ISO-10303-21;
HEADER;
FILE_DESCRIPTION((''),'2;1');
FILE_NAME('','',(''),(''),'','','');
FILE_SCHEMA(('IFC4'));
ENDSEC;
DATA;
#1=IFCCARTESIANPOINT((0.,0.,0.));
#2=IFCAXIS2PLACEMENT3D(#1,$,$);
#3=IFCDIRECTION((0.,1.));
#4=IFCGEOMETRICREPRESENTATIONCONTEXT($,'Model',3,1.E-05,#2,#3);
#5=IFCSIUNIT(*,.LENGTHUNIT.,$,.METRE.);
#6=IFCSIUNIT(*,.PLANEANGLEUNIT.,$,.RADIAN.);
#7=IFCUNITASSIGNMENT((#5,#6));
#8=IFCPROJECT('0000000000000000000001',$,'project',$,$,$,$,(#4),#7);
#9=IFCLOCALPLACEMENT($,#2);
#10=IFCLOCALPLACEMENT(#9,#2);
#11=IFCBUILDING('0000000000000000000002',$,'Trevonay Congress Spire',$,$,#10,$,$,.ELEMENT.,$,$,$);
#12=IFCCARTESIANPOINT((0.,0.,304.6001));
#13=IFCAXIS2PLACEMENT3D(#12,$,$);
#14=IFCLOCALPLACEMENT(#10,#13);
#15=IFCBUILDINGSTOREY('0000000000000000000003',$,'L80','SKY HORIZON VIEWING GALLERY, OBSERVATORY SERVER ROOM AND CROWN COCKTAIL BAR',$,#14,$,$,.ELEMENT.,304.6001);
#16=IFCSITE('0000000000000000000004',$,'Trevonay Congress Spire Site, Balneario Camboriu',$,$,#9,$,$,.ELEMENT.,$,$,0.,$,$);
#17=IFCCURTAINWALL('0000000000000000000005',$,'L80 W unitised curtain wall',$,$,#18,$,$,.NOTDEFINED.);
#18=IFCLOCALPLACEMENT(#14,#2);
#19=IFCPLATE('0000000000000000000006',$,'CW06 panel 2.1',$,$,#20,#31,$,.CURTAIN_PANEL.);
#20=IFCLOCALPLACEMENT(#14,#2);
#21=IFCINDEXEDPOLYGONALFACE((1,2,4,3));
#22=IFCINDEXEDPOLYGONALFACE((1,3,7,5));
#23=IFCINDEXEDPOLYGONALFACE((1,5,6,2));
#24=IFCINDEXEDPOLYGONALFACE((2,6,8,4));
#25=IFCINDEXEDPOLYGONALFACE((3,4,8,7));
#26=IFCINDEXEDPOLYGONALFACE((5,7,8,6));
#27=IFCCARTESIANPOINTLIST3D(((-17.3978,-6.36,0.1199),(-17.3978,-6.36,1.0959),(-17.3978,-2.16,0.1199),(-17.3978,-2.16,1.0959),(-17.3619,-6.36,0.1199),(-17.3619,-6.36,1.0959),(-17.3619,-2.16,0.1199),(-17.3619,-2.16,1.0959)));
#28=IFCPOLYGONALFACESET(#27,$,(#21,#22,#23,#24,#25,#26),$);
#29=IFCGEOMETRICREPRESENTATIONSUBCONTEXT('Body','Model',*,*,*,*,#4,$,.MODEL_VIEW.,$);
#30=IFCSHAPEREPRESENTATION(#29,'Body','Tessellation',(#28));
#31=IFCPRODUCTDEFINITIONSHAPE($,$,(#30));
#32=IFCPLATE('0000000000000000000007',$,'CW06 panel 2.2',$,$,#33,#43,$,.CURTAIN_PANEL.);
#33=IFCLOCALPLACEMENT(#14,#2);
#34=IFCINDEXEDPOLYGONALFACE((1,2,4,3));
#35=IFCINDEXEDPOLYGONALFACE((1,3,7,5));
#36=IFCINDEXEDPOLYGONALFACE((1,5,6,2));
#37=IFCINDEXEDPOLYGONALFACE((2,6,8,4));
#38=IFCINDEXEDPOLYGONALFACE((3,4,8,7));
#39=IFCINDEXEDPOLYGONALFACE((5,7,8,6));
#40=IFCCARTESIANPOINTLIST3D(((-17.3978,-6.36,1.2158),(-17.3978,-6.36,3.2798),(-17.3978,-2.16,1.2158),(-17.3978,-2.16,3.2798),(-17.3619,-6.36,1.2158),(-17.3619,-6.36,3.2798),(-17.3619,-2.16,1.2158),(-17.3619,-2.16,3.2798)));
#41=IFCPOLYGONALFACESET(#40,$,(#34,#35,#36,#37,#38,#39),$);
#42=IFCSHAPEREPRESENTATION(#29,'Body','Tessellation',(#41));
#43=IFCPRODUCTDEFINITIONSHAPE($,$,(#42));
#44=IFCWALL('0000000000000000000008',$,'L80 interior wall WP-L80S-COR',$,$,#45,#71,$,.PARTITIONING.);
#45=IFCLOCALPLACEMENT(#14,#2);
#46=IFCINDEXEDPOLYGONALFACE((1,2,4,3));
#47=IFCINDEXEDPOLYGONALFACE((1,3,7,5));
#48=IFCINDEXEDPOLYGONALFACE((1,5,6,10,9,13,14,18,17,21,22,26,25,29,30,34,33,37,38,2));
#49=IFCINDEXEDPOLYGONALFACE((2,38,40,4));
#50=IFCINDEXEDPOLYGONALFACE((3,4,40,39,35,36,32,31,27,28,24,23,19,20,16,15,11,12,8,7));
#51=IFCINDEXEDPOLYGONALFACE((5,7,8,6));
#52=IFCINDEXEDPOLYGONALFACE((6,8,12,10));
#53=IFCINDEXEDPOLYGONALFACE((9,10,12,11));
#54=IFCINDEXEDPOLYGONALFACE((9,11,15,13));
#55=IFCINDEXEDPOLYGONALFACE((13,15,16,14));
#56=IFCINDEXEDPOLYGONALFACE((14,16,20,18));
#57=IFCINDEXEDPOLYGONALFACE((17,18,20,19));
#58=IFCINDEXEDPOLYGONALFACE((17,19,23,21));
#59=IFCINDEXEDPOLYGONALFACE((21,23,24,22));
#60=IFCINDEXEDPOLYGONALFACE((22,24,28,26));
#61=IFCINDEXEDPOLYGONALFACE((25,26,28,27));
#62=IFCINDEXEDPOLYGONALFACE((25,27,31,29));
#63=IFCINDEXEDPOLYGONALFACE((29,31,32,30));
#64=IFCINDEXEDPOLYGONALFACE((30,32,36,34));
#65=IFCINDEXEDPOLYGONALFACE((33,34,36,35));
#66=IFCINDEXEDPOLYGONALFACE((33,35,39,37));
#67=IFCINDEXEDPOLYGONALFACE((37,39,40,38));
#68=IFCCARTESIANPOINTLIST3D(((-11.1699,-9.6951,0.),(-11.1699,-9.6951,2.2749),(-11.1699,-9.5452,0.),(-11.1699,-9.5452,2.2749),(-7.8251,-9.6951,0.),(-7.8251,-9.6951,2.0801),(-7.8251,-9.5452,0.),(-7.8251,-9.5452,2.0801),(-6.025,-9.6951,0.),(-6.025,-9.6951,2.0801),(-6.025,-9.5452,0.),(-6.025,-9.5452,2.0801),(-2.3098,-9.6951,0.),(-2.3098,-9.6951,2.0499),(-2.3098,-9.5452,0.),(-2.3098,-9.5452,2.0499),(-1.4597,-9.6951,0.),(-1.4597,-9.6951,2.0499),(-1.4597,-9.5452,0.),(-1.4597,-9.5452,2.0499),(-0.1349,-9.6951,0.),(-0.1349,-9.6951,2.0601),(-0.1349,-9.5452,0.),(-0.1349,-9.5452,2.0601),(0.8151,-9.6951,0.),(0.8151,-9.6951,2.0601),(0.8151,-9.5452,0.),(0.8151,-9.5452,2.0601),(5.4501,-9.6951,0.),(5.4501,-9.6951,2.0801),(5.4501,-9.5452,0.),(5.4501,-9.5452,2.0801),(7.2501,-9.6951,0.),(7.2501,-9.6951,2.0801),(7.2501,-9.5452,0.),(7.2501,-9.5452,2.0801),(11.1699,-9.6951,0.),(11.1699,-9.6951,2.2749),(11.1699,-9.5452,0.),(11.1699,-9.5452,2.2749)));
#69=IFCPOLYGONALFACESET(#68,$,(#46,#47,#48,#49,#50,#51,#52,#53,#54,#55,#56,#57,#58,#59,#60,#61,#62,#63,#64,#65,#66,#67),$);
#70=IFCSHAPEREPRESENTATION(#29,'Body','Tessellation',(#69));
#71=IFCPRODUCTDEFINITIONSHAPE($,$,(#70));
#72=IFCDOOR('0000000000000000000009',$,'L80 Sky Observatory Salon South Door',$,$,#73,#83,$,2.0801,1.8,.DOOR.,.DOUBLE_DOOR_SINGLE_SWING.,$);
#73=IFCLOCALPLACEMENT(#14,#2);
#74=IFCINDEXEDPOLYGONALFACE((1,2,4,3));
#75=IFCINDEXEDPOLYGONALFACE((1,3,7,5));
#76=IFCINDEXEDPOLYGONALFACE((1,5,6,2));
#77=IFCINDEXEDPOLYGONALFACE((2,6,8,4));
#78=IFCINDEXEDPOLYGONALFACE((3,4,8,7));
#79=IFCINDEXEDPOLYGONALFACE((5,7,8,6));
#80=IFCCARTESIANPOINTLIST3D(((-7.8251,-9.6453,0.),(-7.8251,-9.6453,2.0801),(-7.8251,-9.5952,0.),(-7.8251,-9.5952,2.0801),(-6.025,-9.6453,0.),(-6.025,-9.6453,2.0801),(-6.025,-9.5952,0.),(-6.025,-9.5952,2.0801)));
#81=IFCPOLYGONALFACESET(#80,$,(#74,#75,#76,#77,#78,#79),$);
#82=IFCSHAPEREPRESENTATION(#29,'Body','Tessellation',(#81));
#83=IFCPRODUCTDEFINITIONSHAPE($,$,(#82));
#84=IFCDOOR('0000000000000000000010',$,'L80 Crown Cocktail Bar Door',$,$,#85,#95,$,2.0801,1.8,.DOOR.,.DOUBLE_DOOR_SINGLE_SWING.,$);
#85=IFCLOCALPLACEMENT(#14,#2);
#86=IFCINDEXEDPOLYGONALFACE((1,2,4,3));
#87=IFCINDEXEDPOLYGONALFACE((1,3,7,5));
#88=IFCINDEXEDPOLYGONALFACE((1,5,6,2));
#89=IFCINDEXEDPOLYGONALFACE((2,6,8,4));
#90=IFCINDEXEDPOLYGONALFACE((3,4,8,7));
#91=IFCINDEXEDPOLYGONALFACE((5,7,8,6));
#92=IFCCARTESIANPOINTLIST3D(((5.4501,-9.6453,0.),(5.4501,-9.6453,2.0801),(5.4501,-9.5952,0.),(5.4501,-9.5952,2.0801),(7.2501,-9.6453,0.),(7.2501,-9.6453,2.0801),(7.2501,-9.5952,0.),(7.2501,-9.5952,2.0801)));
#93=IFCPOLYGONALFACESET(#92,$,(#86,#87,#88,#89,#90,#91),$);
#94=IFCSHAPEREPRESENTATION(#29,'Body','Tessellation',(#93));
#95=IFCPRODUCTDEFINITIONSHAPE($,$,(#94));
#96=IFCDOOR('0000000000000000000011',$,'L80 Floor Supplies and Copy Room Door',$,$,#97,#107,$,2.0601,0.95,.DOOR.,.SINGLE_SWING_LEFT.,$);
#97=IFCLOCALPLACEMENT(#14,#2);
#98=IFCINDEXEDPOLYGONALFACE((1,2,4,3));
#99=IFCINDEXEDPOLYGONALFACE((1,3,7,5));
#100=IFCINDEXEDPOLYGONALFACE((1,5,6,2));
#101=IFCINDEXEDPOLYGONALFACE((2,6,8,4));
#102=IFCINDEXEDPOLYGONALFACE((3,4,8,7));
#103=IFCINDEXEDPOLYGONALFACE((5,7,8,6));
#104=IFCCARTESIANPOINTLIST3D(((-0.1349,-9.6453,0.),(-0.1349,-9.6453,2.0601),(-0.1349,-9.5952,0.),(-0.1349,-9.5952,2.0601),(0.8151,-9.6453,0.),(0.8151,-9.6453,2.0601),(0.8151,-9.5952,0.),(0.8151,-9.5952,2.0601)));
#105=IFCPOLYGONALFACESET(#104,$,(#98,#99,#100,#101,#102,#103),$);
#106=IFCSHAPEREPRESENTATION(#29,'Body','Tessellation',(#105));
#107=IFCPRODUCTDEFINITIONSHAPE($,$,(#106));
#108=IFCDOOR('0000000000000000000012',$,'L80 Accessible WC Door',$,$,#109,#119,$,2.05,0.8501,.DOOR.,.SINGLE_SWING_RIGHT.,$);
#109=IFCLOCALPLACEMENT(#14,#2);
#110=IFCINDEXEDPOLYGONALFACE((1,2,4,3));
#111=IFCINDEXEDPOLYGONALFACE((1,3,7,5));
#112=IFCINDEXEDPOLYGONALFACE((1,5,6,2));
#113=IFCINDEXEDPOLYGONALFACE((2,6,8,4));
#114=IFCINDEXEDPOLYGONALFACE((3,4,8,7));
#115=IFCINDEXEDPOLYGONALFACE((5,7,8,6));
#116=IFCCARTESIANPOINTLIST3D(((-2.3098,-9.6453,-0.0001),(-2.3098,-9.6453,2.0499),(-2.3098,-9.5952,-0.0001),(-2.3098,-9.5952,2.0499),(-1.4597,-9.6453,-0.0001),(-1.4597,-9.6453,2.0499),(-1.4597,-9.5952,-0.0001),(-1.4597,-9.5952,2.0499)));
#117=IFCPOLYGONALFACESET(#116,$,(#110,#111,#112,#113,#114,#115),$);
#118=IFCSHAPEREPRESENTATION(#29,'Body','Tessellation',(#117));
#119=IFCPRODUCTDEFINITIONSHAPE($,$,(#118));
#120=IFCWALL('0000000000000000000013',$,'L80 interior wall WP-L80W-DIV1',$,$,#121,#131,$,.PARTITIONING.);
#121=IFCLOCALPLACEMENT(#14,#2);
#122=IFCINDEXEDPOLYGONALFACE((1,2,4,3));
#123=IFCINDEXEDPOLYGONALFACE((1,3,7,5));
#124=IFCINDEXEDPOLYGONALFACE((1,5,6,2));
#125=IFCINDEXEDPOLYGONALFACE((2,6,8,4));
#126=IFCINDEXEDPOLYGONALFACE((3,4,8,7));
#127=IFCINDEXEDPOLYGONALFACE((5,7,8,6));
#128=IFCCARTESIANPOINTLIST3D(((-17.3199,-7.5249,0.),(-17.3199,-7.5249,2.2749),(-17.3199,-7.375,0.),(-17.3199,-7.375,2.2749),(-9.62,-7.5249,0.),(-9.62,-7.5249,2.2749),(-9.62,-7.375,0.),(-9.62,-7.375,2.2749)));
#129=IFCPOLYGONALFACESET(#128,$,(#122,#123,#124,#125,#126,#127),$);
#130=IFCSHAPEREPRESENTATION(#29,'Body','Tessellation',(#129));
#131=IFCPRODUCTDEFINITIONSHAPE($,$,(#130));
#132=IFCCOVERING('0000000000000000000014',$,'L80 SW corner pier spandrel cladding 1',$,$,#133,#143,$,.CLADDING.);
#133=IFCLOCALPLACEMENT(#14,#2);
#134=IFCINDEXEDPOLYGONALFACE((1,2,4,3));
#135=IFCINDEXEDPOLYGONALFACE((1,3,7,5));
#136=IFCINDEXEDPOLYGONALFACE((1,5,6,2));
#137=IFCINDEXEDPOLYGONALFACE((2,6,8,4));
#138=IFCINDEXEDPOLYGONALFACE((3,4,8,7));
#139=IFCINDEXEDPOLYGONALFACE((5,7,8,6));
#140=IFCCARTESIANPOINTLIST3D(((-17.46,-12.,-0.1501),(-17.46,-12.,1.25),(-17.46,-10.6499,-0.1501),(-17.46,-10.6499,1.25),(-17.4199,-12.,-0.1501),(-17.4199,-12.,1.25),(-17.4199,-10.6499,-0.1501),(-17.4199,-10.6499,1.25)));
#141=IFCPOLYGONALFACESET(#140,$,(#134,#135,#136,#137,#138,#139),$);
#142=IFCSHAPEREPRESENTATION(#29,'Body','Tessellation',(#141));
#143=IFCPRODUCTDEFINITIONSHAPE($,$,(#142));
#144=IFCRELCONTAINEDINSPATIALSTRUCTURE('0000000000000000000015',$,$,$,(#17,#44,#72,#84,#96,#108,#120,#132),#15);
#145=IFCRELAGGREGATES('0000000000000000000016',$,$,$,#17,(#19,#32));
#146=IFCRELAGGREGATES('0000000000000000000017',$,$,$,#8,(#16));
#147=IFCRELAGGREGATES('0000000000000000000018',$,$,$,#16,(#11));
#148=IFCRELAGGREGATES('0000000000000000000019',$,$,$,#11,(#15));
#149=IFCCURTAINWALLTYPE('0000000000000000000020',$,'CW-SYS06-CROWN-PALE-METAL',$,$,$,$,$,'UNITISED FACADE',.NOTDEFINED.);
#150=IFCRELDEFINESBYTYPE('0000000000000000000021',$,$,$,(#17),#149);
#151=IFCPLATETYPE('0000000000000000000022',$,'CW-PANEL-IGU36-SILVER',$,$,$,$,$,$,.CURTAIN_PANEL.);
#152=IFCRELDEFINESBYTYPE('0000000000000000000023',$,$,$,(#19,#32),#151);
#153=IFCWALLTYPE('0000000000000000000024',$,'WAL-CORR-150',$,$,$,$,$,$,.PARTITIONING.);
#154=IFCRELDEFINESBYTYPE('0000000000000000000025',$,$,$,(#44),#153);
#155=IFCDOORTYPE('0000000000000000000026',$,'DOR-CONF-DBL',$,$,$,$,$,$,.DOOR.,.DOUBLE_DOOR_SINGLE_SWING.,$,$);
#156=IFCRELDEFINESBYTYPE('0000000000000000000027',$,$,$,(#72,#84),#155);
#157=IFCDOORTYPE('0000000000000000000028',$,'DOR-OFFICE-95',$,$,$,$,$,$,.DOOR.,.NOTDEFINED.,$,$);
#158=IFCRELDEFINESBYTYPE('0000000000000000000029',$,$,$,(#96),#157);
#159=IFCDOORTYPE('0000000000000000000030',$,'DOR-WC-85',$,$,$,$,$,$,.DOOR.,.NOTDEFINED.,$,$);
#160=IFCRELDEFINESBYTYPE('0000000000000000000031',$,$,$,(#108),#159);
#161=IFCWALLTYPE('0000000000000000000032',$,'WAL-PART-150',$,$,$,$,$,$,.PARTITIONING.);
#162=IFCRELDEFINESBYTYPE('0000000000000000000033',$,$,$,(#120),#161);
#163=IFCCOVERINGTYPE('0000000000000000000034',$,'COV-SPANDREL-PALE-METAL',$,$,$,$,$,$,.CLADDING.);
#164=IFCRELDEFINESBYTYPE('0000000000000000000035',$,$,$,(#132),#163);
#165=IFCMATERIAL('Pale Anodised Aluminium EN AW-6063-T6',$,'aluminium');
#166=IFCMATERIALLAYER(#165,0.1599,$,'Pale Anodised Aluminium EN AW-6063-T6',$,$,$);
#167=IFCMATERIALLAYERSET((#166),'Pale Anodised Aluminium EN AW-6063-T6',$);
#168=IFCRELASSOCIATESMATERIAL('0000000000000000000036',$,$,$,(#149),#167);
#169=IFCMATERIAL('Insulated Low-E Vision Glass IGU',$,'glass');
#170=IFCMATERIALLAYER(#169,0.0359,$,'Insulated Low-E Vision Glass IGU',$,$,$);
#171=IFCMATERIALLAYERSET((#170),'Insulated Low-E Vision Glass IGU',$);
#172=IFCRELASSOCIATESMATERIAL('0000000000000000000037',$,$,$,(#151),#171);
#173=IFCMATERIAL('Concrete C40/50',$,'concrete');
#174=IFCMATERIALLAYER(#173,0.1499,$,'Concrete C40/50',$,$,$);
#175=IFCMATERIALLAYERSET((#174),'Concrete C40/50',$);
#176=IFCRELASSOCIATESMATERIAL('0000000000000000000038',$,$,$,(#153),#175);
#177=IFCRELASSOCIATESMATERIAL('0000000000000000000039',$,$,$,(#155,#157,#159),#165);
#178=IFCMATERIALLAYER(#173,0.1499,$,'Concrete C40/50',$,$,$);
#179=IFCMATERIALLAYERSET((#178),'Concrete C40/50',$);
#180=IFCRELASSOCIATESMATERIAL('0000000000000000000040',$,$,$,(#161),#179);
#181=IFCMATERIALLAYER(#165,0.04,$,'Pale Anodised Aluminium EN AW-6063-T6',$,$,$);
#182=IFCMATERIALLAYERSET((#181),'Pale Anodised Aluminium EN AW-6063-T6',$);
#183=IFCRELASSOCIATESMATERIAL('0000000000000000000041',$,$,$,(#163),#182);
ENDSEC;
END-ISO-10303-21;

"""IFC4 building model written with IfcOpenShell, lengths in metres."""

from ifc_helpers import new_model, si_unit, direction, frame, frame_2d, origin, origin_2d, place, context, subcontext, project, spatial, rectangle, extrude, material, layer, layer_set, type_object, element, fill, aggregate, save


model = new_model("IFC4")

# Units and contexts
model_context = context("Model", 3, precision=1e-05, world=origin(), true_north=direction((0.0, 1.0)))
body_context = subcontext(model_context, "Body", "Model", "MODEL_VIEW")
ifc_project = project(units=[si_unit("LENGTHUNIT", "METRE"), si_unit("PLANEANGLEUNIT", "RADIAN")], contexts=[model_context])

# Site, building, storey
site_placement = place(None, origin())
site = spatial("IfcSite", under=ifc_project, at=site_placement, Name="Trevonay Congress Spire Site, Balneario Camboriu", CompositionType="ELEMENT", RefElevation=0.0)
building_placement = place(site_placement, origin())
building = spatial("IfcBuilding", under=site, at=building_placement, Name="Trevonay Congress Spire", CompositionType="ELEMENT")
storey_placement = place(building_placement, frame((0.0, 0.0, 304.6001)))
storey = spatial("IfcBuildingStorey", under=building, at=storey_placement, Name="L80", Description="SKY HORIZON VIEWING GALLERY, OBSERVATORY SERVER ROOM AND CROWN COCKTAIL BAR", CompositionType="ELEMENT", Elevation=304.6001)

# Curtain wall, plates
ifc_material_1 = material(Name="Pale Anodised Aluminium EN AW-6063-T6", Category="aluminium")
ifc_layer_1 = layer(ifc_material_1, 0.1599, Name="Pale Anodised Aluminium EN AW-6063-T6")
ifc_layer_set_1 = layer_set([ifc_layer_1], Name="Pale Anodised Aluminium EN AW-6063-T6")
curtain_wall_type = type_object("IfcCurtainWallType", Name="CW-SYS06-CROWN-PALE-METAL", ElementType="UNITISED FACADE", PredefinedType="NOTDEFINED", material=ifc_layer_set_1)
curtain_wall_placement = place(storey_placement, origin())
curtain_wall = element("IfcCurtainWall", 1, at=curtain_wall_placement, inside=storey, type_object=curtain_wall_type, Name="L80 W unitised curtain wall", PredefinedType="NOTDEFINED")
ifc_material_2 = material(Name="Insulated Low-E Vision Glass IGU", Category="glass")
ifc_layer_2 = layer(ifc_material_2, 0.0359, Name="Insulated Low-E Vision Glass IGU")
ifc_layer_set_2 = layer_set([ifc_layer_2], Name="Insulated Low-E Vision Glass IGU")
plate_type = type_object("IfcPlateType", Name="CW-PANEL-IGU36-SILVER", PredefinedType="CURTAIN_PANEL", material=ifc_layer_set_2)
plate_1_placement = place(storey_placement, frame((-17.3799, -4.26, 0.1199), z_axis=(0.0, 0.0, 1.0), x_axis=(0.0, 1.0, 0.0)))
plate_1 = element("IfcPlate", 2, at=plate_1_placement, type_object=plate_type, Name="CW06 panel 2.1", PredefinedType="CURTAIN_PANEL", context=body_context, shape_type="SweptSolid", body=[
    extrude(rectangle(XDim=4.2, YDim=0.0359, at=origin_2d()), origin(), (0.0, 0.0, 1.0), 0.9761),
])
plate_2_placement = place(storey_placement, frame((-17.3799, -4.26, 1.2158), z_axis=(0.0, 0.0, 1.0), x_axis=(0.0, 1.0, 0.0)))
plate_2 = element("IfcPlate", 3, at=plate_2_placement, type_object=plate_type, Name="CW06 panel 2.2", PredefinedType="CURTAIN_PANEL", context=body_context, shape_type="SweptSolid", body=[
    extrude(rectangle(XDim=4.2, YDim=0.0359, at=origin_2d()), origin(), (0.0, 0.0, 1.0), 2.064),
])
aggregate(curtain_wall, [plate_1, plate_2])

# Wall, openings, doors
ifc_material_3 = material(Name="Concrete C40/50", Category="concrete")
ifc_layer_3 = layer(ifc_material_3, 0.1499, Name="Concrete C40/50")
ifc_layer_set_3 = layer_set([ifc_layer_3], Name="Concrete C40/50")
wall_type_1 = type_object("IfcWallType", Name="WAL-CORR-150", PredefinedType="PARTITIONING", material=ifc_layer_set_3)
wall_1_placement = place(storey_placement, frame((-11.1699, -9.6201, 0.0), z_axis=(0.0, 0.0, 1.0), x_axis=(1.0, 0.0, 0.0)))
wall_1 = element("IfcWall", 4, at=wall_1_placement, inside=storey, type_object=wall_type_1, Name="L80 interior wall WP-L80S-COR", PredefinedType="PARTITIONING", context=body_context, shape_type="SweptSolid", body=[
    extrude(rectangle(XDim=22.3398, YDim=0.1499, at=frame_2d((11.1699, 0.0))), origin(), (0.0, 0.0, 1.0), 2.2749),
])
opening_1_placement = place(wall_1_placement, frame((3.345, 0.0, 0.0)))
opening_1 = element("IfcOpeningElement", 5, at=opening_1_placement, cuts=wall_1, PredefinedType="OPENING", context=body_context, shape_type="SweptSolid", body=[
    extrude(rectangle(XDim=1.8, YDim=2.0801, at=frame_2d((0.8999, 1.04))), frame((0.0, 0.085, 0.0), z_axis=(0.0, -1.0, 0.0), x_axis=(1.0, 0.0, 0.0)), (0.0, 0.0, 1.0), 0.1699),
])
opening_2_placement = place(wall_1_placement, frame((8.8601, 0.0, 0.0)))
opening_2 = element("IfcOpeningElement", 6, at=opening_2_placement, cuts=wall_1, PredefinedType="OPENING", context=body_context, shape_type="SweptSolid", body=[
    extrude(rectangle(XDim=0.8501, YDim=2.05, at=frame_2d((0.425, 1.0249))), frame((0.0, 0.085, 0.0), z_axis=(0.0, -1.0, 0.0), x_axis=(1.0, 0.0, 0.0)), (0.0, 0.0, 1.0), 0.1699),
])
opening_3_placement = place(wall_1_placement, frame((11.0349, 0.0, 0.0)))
opening_3 = element("IfcOpeningElement", 7, at=opening_3_placement, cuts=wall_1, PredefinedType="OPENING", context=body_context, shape_type="SweptSolid", body=[
    extrude(rectangle(XDim=0.95, YDim=2.0601, at=frame_2d((0.4751, 1.03))), frame((0.0, 0.085, 0.0), z_axis=(0.0, -1.0, 0.0), x_axis=(1.0, 0.0, 0.0)), (0.0, 0.0, 1.0), 0.1699),
])
opening_4_placement = place(wall_1_placement, frame((16.6201, 0.0, 0.0)))
opening_4 = element("IfcOpeningElement", 8, at=opening_4_placement, cuts=wall_1, PredefinedType="OPENING", context=body_context, shape_type="SweptSolid", body=[
    extrude(rectangle(XDim=1.8, YDim=2.0801, at=frame_2d((0.8999, 1.04))), frame((0.0, 0.085, 0.0), z_axis=(0.0, -1.0, 0.0), x_axis=(1.0, 0.0, 0.0)), (0.0, 0.0, 1.0), 0.1699),
])
door_type_1 = type_object("IfcDoorType", Name="DOR-CONF-DBL", OperationType="DOUBLE_DOOR_SINGLE_SWING", PredefinedType="DOOR", material=ifc_material_1)
door_1_placement = place(opening_1_placement, origin())
door_1 = element("IfcDoor", 9, at=door_1_placement, inside=storey, type_object=door_type_1, Name="L80 Sky Observatory Salon South Door", OperationType="DOUBLE_DOOR_SINGLE_SWING", OverallHeight=2.0801, OverallWidth=1.8, PredefinedType="DOOR", context=body_context, shape_type="SweptSolid", body=[
    extrude(rectangle(XDim=1.8, YDim=2.0801, at=frame_2d((0.8999, 1.04))), frame((0.0, 0.0249, 0.0), z_axis=(0.0, -1.0, 0.0), x_axis=(1.0, 0.0, 0.0)), (0.0, 0.0, 1.0), 0.05),
])
fill(opening_1, door_1)
door_2_placement = place(opening_4_placement, origin())
door_2 = element("IfcDoor", 10, at=door_2_placement, inside=storey, type_object=door_type_1, Name="L80 Crown Cocktail Bar Door", OperationType="DOUBLE_DOOR_SINGLE_SWING", OverallHeight=2.0801, OverallWidth=1.8, PredefinedType="DOOR", context=body_context, shape_type="SweptSolid", body=[
    extrude(rectangle(XDim=1.8, YDim=2.0801, at=frame_2d((0.8999, 1.04))), frame((0.0, 0.0249, 0.0), z_axis=(0.0, -1.0, 0.0), x_axis=(1.0, 0.0, 0.0)), (0.0, 0.0, 1.0), 0.05),
])
fill(opening_4, door_2)
door_type_2 = type_object("IfcDoorType", Name="DOR-OFFICE-95", OperationType="NOTDEFINED", PredefinedType="DOOR", material=ifc_material_1)
door_3_placement = place(opening_3_placement, origin())
door_3 = element("IfcDoor", 11, at=door_3_placement, inside=storey, type_object=door_type_2, Name="L80 Floor Supplies and Copy Room Door", OperationType="SINGLE_SWING_LEFT", OverallHeight=2.0601, OverallWidth=0.95, PredefinedType="DOOR", context=body_context, shape_type="SweptSolid", body=[
    extrude(rectangle(XDim=0.95, YDim=2.0601, at=frame_2d((0.4751, 1.03))), frame((0.0, 0.0249, 0.0), z_axis=(0.0, -1.0, 0.0), x_axis=(1.0, 0.0, 0.0)), (0.0, 0.0, 1.0), 0.05),
])
fill(opening_3, door_3)
door_type_3 = type_object("IfcDoorType", Name="DOR-WC-85", OperationType="NOTDEFINED", PredefinedType="DOOR", material=ifc_material_1)
door_4_placement = place(opening_2_placement, origin())
door_4 = element("IfcDoor", 12, at=door_4_placement, inside=storey, type_object=door_type_3, Name="L80 Accessible WC Door", OperationType="SINGLE_SWING_RIGHT", OverallHeight=2.05, OverallWidth=0.8501, PredefinedType="DOOR", context=body_context, shape_type="SweptSolid", body=[
    extrude(rectangle(XDim=0.8501, YDim=2.05, at=frame_2d((0.425, 1.0249))), frame((0.0, 0.0249, 0.0), z_axis=(0.0, -1.0, 0.0), x_axis=(1.0, 0.0, 0.0)), (0.0, 0.0, 1.0), 0.05),
])
fill(opening_2, door_4)

# Wall
ifc_layer_4 = layer(ifc_material_3, 0.1499, Name="Concrete C40/50")
ifc_layer_set_4 = layer_set([ifc_layer_4], Name="Concrete C40/50")
wall_type_2 = type_object("IfcWallType", Name="WAL-PART-150", PredefinedType="PARTITIONING", material=ifc_layer_set_4)
wall_2_placement = place(storey_placement, frame((-17.3201, -7.45, 0.0), z_axis=(0.0, 0.0, 1.0), x_axis=(1.0, 0.0, 0.0)))
element("IfcWall", 13, at=wall_2_placement, inside=storey, type_object=wall_type_2, Name="L80 interior wall WP-L80W-DIV1", PredefinedType="PARTITIONING", context=body_context, shape_type="SweptSolid", body=[
    extrude(rectangle(XDim=7.7, YDim=0.1499, at=frame_2d((3.8501, 0.0))), origin(), (0.0, 0.0, 1.0), 2.2749),
])

# Covering
ifc_layer_5 = layer(ifc_material_1, 0.04, Name="Pale Anodised Aluminium EN AW-6063-T6")
ifc_layer_set_5 = layer_set([ifc_layer_5], Name="Pale Anodised Aluminium EN AW-6063-T6")
covering_type = type_object("IfcCoveringType", Name="COV-SPANDREL-PALE-METAL", PredefinedType="CLADDING", material=ifc_layer_set_5)
covering_placement = place(storey_placement, frame((-17.4399, -10.6499, -0.1501), z_axis=(0.0, 0.0, 1.0), x_axis=(0.0, -1.0, 0.0)))
element("IfcCovering", 14, at=covering_placement, inside=storey, type_object=covering_type, Name="L80 SW corner pier spandrel cladding 1", PredefinedType="CLADDING", context=body_context, shape_type="SweptSolid", body=[
    extrude(rectangle(XDim=1.3501, YDim=0.04, at=frame_2d((0.675, 0.0))), origin(), (0.0, 0.0, 1.0), 1.4001),
])

save(model, "model.ifc")
